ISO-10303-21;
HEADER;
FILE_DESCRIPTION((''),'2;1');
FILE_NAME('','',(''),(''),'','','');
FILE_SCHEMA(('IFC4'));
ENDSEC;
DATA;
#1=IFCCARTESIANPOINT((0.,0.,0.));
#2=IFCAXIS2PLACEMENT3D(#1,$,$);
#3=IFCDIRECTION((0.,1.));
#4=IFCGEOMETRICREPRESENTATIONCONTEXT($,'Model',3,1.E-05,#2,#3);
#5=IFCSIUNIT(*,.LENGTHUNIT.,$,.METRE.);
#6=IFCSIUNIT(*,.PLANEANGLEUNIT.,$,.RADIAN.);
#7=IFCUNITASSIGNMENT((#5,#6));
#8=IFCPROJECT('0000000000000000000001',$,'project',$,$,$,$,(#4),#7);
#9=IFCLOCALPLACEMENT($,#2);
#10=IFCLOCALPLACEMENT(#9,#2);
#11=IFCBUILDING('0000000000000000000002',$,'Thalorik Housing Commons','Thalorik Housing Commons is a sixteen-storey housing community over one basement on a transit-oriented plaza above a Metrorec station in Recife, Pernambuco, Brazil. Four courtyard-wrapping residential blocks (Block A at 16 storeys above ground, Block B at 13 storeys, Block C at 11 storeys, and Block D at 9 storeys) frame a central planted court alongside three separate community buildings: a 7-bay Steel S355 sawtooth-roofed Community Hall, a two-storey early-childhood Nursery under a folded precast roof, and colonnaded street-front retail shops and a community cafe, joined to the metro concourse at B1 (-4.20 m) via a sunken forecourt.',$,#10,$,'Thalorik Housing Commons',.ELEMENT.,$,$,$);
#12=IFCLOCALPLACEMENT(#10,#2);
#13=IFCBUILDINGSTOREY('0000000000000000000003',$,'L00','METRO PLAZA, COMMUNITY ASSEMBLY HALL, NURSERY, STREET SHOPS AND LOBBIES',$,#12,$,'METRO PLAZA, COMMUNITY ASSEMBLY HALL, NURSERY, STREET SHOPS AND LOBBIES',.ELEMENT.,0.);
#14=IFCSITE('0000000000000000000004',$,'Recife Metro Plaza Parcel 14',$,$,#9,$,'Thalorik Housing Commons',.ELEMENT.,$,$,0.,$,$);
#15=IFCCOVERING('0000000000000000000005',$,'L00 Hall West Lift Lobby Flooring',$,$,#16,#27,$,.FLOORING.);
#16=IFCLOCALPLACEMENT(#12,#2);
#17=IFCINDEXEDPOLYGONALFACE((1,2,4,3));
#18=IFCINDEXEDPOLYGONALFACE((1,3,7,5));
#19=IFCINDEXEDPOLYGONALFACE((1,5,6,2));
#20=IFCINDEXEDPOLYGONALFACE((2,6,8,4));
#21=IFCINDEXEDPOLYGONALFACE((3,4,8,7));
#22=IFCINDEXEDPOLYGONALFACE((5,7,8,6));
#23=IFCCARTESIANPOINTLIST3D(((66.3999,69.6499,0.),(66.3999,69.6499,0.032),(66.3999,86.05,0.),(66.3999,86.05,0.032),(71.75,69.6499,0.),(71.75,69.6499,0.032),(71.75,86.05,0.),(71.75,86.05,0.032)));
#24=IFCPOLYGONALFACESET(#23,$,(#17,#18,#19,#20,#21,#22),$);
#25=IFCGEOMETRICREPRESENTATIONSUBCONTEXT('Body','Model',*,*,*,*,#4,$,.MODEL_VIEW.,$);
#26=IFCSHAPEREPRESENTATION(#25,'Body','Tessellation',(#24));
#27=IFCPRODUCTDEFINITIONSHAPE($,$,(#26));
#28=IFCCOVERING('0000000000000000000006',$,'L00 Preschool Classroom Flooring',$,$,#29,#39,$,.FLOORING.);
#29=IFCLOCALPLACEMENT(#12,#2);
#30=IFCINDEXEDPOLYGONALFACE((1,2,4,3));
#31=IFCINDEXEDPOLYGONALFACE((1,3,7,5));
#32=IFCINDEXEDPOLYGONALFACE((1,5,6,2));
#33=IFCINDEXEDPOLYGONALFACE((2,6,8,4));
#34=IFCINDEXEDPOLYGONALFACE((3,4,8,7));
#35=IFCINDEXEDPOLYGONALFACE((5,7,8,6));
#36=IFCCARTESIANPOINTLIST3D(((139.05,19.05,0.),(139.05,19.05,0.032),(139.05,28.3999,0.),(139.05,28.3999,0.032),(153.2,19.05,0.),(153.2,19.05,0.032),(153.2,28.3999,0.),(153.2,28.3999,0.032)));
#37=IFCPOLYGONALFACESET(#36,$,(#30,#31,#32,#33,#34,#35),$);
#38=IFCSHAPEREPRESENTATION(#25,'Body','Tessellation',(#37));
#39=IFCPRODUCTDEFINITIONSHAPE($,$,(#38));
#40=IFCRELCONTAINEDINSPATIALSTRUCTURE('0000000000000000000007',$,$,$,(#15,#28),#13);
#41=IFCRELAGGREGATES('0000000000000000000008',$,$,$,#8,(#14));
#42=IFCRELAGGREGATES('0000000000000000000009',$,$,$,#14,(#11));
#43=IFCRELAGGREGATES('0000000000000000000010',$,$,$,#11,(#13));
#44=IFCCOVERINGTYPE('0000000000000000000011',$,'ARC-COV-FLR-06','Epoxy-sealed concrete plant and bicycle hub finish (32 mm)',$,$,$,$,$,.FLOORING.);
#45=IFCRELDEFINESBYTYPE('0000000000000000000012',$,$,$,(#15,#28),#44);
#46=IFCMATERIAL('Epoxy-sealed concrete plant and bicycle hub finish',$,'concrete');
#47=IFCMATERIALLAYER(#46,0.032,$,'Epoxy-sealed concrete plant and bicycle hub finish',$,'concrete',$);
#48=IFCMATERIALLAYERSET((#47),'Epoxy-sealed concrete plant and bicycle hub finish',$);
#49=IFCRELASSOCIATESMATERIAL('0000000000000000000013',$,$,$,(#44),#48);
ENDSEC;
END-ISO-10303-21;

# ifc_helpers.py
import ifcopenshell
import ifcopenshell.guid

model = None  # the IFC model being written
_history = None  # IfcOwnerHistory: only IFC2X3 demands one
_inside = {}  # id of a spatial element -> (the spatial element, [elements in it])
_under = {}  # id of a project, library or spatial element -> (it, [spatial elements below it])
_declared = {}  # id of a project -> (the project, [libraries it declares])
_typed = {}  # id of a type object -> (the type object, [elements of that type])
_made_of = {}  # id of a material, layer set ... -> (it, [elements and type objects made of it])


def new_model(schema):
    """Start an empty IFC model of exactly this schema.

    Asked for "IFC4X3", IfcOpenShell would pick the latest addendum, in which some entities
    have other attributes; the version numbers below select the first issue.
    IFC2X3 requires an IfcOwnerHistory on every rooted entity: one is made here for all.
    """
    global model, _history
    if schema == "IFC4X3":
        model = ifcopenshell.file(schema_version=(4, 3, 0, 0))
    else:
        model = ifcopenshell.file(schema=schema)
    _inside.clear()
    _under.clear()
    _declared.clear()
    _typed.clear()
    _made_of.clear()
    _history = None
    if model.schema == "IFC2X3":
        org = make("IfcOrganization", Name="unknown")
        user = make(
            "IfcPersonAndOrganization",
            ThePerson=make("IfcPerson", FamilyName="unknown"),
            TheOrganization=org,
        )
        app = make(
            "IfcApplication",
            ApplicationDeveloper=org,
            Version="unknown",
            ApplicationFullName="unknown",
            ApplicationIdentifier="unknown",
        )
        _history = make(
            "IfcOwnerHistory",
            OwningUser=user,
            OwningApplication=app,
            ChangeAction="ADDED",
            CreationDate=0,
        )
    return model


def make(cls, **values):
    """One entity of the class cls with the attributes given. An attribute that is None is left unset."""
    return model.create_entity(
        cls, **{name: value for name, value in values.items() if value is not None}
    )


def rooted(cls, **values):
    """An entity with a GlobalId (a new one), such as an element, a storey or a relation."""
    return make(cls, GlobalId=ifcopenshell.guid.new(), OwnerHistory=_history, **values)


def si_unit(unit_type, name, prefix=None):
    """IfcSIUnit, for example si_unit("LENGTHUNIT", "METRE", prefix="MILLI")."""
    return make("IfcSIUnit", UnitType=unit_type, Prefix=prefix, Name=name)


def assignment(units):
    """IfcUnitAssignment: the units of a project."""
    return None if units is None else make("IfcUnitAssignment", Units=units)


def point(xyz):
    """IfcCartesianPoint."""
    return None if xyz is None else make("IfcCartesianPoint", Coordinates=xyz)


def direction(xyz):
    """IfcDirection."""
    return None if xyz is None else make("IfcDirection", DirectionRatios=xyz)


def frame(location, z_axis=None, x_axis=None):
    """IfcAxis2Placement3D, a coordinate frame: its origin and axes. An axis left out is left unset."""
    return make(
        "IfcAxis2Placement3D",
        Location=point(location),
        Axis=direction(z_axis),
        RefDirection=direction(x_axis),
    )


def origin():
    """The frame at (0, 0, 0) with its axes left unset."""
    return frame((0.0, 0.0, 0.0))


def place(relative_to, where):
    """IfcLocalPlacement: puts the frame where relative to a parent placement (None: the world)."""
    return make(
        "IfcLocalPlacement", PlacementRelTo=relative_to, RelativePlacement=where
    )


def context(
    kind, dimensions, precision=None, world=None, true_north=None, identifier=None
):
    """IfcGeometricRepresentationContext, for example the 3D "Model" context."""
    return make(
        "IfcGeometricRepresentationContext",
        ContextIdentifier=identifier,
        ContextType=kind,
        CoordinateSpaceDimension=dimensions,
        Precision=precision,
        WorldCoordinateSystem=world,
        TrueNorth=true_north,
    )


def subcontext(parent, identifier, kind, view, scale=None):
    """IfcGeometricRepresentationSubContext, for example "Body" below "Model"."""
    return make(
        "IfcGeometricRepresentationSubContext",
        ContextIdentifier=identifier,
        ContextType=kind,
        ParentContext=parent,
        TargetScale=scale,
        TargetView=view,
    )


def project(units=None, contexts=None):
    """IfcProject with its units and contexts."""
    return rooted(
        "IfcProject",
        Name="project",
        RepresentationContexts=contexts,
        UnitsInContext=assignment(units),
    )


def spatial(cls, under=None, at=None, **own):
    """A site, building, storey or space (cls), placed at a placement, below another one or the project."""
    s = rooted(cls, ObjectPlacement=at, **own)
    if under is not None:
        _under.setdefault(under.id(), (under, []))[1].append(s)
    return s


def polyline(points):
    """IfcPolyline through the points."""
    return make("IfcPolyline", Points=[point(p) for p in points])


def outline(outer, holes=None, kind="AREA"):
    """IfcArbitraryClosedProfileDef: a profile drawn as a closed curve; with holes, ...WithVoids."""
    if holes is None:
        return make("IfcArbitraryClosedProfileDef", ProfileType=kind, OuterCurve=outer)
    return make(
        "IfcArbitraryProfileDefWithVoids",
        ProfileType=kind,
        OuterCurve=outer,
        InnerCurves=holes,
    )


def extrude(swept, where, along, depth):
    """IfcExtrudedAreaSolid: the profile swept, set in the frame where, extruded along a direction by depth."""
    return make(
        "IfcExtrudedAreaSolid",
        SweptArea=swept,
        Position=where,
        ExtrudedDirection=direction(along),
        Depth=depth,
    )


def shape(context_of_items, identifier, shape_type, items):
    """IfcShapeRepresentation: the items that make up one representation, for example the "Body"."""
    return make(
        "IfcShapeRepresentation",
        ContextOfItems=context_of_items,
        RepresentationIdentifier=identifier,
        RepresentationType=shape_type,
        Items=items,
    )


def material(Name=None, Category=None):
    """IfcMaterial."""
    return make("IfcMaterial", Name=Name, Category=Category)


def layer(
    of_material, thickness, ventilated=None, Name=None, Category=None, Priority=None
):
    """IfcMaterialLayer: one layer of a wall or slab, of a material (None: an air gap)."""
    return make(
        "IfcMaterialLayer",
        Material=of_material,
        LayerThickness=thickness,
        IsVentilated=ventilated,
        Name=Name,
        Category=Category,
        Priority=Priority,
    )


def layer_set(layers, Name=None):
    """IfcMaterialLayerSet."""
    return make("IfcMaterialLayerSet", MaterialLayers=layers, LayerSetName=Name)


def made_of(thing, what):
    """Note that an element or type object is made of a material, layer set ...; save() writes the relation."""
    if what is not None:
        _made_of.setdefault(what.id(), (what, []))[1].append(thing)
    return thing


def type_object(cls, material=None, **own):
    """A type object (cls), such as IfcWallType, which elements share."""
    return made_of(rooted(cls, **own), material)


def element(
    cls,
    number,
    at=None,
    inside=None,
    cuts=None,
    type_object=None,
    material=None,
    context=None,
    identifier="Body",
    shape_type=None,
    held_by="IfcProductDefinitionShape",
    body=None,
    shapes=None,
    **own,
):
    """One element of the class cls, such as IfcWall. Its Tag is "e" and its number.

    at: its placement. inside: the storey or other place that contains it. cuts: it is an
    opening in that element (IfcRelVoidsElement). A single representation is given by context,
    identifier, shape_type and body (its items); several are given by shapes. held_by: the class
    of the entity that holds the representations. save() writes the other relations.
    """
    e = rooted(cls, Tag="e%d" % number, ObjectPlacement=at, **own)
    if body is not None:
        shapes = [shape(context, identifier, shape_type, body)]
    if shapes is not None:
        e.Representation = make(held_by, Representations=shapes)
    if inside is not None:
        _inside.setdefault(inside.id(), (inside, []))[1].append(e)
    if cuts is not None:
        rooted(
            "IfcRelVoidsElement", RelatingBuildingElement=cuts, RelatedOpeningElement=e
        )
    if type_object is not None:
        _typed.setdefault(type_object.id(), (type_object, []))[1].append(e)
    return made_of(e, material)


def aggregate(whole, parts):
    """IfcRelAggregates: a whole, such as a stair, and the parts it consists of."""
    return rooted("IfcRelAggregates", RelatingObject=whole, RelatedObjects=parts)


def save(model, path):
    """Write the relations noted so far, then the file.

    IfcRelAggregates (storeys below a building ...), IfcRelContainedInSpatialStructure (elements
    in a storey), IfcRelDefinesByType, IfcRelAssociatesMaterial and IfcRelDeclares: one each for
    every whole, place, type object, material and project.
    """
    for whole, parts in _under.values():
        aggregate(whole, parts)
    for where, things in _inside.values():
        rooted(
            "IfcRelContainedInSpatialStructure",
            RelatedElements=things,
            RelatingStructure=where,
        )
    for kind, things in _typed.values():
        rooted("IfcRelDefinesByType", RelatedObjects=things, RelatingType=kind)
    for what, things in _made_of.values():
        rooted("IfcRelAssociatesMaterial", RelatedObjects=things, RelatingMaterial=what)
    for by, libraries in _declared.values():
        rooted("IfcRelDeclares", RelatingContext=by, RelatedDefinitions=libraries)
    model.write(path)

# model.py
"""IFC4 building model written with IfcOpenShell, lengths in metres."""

from ifc_helpers import new_model, si_unit, direction, origin, place, context, subcontext, project, spatial, polyline, outline, extrude, material, layer, layer_set, type_object, element, save


model = new_model("IFC4")

# Units and contexts
model_context = context("Model", 3, precision=1e-05, world=origin(), true_north=direction((0.0, 1.0)))
body_context = subcontext(model_context, "Body", "Model", "MODEL_VIEW")
ifc_project = project(units=[si_unit("LENGTHUNIT", "METRE"), si_unit("PLANEANGLEUNIT", "RADIAN")], contexts=[model_context])

# Site, building, storey
site_placement = place(None, origin())
site = spatial("IfcSite", under=ifc_project, at=site_placement, Name="Recife Metro Plaza Parcel 14", LongName="Thalorik Housing Commons", CompositionType="ELEMENT", RefElevation=0.0)
building_placement = place(site_placement, origin())
building = spatial("IfcBuilding", under=site, at=building_placement, Name="Thalorik Housing Commons", Description="Thalorik Housing Commons is a sixteen-storey housing community over one basement on a transit-oriented plaza above a Metrorec station in Recife, Pernambuco, Brazil. Four courtyard-wrapping residential blocks (Block A at 16 storeys above ground, Block B at 13 storeys, Block C at 11 storeys, and Block D at 9 storeys) frame a central planted court alongside three separate community buildings: a 7-bay Steel S355 sawtooth-roofed Community Hall, a two-storey early-childhood Nursery under a folded precast roof, and colonnaded street-front retail shops and a community cafe, joined to the metro concourse at B1 (-4.20 m) via a sunken forecourt.", LongName="Thalorik Housing Commons", CompositionType="ELEMENT")
storey_placement = place(building_placement, origin())
storey = spatial("IfcBuildingStorey", under=building, at=storey_placement, Name="L00", Description="METRO PLAZA, COMMUNITY ASSEMBLY HALL, NURSERY, STREET SHOPS AND LOBBIES", LongName="METRO PLAZA, COMMUNITY ASSEMBLY HALL, NURSERY, STREET SHOPS AND LOBBIES", CompositionType="ELEMENT", Elevation=0.0)

# Coverings
ifc_material_1 = material(Name="Epoxy-sealed concrete plant and bicycle hub finish", Category="concrete")
ifc_layer_1 = layer(ifc_material_1, 0.032, Name="Epoxy-sealed concrete plant and bicycle hub finish", Category="concrete")
ifc_layer_set_1 = layer_set([ifc_layer_1], Name="Epoxy-sealed concrete plant and bicycle hub finish")
covering_type_1 = type_object("IfcCoveringType", Name="ARC-COV-FLR-06", Description="Epoxy-sealed concrete plant and bicycle hub finish (32 mm)", PredefinedType="FLOORING", material=ifc_layer_set_1)
covering_1_placement = place(storey_placement, origin())
element("IfcCovering", 1, at=covering_1_placement, inside=storey, type_object=covering_type_1, Name="L00 Hall West Lift Lobby Flooring", PredefinedType="FLOORING", context=body_context, shape_type="SweptSolid", body=[
    extrude(outline(polyline([(71.75, 69.6499), (71.75, 86.05), (66.3999, 86.05), (66.3999, 69.6499), (71.75, 69.6499)])), origin(), (0.0, 0.0, 1.0), 0.032),
])
covering_2_placement = place(storey_placement, origin())
element("IfcCovering", 2, at=covering_2_placement, inside=storey, type_object=covering_type_1, Name="L00 Preschool Classroom Flooring", PredefinedType="FLOORING", context=body_context, shape_type="SweptSolid", body=[
    extrude(outline(polyline([(153.2, 19.05), (153.2, 28.3999), (139.05, 28.3999), (139.05, 19.05), (153.2, 19.05)])), origin(), (0.0, 0.0, 1.0), 0.032),
])

save(model, "model.ifc")
